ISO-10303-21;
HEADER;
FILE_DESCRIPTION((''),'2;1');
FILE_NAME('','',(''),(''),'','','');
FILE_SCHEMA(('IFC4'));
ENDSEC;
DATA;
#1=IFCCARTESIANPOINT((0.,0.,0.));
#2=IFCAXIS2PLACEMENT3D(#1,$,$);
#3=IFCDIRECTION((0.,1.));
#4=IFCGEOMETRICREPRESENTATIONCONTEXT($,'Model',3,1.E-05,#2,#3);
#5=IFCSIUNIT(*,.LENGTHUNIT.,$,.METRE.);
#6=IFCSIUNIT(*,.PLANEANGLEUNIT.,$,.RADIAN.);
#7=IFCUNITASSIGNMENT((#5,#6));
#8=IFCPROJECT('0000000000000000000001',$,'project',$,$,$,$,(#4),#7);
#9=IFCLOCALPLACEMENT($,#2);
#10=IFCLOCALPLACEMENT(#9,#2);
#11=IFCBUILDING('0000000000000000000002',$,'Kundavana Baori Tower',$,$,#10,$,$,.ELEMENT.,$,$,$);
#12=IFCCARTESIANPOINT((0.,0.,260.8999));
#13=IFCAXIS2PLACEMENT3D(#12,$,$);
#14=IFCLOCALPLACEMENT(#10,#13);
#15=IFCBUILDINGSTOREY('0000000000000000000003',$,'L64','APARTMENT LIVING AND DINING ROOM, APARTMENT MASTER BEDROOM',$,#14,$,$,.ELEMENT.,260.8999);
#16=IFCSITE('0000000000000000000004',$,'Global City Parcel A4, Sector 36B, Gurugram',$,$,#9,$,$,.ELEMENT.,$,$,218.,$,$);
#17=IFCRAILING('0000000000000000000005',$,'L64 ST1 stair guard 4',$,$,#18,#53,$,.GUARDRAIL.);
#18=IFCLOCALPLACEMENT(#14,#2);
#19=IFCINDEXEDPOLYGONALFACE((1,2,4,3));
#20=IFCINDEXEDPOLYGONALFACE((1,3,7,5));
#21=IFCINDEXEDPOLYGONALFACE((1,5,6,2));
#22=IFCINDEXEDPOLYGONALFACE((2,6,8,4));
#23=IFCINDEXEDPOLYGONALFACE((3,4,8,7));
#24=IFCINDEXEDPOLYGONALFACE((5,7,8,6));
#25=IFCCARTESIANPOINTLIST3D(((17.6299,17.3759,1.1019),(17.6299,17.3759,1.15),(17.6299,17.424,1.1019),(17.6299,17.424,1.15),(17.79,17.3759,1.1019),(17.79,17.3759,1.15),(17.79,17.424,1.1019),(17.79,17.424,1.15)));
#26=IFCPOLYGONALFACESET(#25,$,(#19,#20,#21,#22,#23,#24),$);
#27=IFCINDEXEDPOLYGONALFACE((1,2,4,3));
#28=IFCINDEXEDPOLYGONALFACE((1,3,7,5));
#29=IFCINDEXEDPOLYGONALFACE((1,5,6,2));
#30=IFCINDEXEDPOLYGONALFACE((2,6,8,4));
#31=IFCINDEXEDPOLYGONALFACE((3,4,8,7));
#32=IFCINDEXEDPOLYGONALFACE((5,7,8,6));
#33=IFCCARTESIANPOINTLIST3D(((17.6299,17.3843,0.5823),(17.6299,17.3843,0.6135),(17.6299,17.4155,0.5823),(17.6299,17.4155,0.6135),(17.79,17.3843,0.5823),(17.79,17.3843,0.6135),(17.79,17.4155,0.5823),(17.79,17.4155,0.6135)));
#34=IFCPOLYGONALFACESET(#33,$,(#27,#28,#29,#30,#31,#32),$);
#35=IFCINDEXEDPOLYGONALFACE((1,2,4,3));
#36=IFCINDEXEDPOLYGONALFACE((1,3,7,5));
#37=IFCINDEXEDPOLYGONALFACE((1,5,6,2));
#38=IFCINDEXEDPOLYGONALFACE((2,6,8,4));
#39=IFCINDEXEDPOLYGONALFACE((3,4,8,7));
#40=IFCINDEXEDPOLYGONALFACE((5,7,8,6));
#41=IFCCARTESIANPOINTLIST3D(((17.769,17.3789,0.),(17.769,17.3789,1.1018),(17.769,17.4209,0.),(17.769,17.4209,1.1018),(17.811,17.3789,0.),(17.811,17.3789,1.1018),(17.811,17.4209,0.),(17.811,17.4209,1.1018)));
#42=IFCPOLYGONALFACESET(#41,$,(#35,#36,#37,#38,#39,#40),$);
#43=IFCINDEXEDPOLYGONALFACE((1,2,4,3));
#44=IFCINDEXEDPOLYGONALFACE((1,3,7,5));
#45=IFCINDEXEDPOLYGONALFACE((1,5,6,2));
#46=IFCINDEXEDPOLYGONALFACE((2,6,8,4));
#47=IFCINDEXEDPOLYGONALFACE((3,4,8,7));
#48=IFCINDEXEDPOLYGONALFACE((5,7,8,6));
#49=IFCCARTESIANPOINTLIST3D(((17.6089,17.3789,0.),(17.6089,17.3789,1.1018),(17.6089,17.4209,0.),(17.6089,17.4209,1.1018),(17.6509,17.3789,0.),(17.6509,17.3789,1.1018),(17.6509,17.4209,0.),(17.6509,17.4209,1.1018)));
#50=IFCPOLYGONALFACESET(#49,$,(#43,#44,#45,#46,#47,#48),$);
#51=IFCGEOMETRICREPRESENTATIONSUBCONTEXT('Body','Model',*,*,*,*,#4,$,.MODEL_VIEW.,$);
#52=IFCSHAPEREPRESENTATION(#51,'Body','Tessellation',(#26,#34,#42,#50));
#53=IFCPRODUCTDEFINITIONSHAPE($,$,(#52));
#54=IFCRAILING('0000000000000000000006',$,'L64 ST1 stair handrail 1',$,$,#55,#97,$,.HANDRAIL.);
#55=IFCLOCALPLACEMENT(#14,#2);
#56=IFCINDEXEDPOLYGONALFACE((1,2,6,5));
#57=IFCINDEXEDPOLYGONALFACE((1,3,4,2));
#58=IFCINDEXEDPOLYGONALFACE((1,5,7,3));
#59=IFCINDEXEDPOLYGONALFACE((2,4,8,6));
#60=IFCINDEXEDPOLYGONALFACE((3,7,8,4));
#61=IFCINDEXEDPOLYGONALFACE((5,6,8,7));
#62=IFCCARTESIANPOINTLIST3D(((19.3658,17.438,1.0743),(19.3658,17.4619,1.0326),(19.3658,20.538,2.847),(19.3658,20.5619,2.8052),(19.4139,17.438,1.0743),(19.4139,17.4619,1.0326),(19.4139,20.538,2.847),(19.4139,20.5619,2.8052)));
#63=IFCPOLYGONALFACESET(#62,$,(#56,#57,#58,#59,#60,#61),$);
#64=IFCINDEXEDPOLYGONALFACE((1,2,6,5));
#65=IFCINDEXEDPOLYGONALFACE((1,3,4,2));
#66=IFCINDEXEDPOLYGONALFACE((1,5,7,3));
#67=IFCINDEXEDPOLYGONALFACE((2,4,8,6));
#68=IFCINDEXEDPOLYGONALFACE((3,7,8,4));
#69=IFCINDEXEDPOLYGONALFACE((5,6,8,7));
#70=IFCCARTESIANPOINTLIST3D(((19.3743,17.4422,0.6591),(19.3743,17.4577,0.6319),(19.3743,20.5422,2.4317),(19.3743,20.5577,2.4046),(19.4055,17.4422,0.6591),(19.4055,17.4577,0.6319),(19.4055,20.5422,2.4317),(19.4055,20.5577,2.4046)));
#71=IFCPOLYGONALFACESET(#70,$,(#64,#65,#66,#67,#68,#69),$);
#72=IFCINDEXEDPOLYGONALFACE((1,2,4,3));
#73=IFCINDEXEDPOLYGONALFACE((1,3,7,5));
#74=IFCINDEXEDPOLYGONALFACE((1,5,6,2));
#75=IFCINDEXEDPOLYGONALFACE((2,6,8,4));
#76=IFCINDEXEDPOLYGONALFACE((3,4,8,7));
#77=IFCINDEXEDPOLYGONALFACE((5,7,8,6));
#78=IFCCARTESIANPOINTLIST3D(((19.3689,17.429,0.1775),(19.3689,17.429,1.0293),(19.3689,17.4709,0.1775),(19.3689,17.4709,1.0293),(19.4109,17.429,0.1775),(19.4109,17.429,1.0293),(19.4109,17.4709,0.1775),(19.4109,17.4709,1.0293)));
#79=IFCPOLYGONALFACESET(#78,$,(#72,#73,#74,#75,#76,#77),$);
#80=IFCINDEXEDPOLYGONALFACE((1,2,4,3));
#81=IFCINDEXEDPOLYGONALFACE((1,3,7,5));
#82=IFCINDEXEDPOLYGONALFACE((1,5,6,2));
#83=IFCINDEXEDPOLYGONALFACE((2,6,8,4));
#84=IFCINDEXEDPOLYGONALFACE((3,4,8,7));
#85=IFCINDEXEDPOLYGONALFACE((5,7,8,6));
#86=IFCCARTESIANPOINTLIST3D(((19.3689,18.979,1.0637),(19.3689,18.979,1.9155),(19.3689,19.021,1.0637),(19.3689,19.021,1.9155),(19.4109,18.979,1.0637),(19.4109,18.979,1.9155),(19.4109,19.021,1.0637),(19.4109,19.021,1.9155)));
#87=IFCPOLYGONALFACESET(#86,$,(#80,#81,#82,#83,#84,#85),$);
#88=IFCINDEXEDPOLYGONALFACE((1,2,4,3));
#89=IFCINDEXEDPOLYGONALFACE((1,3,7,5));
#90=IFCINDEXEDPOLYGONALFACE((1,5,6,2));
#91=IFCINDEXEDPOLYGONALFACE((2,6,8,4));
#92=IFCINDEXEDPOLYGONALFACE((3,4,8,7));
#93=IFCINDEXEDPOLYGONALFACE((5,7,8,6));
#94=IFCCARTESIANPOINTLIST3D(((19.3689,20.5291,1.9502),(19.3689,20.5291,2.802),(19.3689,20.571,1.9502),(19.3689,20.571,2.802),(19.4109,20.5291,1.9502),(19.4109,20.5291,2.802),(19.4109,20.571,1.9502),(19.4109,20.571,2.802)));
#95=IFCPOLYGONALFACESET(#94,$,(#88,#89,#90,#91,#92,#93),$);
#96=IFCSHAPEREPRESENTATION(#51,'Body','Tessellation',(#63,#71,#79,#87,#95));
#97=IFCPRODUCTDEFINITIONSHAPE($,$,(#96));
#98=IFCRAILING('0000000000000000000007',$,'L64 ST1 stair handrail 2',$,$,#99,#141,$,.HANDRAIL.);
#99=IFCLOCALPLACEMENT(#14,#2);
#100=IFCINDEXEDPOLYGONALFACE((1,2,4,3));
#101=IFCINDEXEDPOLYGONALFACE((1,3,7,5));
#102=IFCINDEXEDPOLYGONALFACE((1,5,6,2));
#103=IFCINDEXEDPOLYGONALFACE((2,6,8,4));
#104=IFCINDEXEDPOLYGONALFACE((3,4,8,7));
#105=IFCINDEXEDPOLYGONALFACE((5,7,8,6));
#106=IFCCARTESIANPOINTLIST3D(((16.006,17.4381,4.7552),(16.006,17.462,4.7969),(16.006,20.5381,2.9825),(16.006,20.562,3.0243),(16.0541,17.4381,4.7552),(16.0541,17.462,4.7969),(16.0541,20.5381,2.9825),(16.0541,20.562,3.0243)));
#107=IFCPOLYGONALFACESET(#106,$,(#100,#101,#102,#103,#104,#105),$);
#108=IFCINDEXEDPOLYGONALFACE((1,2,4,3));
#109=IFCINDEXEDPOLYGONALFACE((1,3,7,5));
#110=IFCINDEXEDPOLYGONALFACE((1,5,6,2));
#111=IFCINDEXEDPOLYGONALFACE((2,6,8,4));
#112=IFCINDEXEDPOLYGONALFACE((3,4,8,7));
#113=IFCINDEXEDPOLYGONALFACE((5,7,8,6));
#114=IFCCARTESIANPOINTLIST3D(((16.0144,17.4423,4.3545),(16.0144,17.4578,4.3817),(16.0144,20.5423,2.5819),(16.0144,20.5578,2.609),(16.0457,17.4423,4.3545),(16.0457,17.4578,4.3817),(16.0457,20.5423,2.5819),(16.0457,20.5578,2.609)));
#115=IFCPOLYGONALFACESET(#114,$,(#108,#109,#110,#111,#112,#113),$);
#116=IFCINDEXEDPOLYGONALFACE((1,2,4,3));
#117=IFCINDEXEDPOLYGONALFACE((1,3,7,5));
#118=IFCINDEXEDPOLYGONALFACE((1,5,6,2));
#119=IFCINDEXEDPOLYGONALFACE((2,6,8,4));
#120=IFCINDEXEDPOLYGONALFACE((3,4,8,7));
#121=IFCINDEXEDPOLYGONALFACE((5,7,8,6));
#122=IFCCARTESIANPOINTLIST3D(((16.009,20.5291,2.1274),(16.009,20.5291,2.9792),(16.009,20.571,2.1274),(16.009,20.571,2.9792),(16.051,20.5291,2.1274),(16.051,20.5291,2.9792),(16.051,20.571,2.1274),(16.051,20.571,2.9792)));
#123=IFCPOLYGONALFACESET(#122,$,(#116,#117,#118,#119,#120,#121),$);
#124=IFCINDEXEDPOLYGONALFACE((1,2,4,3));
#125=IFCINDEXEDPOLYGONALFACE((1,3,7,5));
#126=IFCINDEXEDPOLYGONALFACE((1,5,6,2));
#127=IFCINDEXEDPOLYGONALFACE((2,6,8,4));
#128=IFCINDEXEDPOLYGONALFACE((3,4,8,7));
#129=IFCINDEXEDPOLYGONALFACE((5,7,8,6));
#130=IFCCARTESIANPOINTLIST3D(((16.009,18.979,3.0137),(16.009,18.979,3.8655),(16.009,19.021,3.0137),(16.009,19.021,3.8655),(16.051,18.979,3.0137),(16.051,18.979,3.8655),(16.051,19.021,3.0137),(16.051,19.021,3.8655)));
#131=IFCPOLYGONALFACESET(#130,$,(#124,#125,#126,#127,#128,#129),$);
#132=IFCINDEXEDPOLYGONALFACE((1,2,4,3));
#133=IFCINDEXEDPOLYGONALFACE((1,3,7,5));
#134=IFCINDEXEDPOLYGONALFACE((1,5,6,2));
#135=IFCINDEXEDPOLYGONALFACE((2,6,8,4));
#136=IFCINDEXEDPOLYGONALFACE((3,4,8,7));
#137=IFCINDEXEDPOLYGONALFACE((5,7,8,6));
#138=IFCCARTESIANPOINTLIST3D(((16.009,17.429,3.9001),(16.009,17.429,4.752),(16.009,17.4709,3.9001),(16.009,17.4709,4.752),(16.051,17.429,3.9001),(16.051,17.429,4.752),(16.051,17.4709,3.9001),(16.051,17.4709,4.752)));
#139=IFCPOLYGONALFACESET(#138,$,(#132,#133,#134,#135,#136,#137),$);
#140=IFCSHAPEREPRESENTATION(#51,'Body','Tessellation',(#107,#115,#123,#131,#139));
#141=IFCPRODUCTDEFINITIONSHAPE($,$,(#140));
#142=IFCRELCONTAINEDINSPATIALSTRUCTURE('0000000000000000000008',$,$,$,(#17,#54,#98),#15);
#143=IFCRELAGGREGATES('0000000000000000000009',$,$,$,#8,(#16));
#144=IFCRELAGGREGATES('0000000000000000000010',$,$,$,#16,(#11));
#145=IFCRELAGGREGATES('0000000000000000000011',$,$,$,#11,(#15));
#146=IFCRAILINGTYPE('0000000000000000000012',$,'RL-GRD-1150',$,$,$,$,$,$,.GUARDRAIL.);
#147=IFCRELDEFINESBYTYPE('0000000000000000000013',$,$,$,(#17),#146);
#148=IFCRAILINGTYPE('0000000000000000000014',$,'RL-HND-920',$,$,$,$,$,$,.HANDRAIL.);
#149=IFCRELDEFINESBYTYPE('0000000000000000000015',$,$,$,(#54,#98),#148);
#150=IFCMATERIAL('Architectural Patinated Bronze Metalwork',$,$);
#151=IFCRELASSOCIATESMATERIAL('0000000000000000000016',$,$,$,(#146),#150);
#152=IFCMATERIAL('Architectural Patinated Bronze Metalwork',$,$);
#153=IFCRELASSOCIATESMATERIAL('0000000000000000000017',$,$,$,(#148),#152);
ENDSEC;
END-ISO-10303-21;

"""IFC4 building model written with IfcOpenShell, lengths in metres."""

from ifc_helpers import new_model, si_unit, direction, frame, origin, origin_2d, place, context, subcontext, project, spatial, rectangle, extrude, material, type_object, element, save


model = new_model("IFC4")

# Units and contexts
model_context = context("Model", 3, precision=1e-05, world=origin(), true_north=direction((0.0, 1.0)))
body_context = subcontext(model_context, "Body", "Model", "MODEL_VIEW")
ifc_project = project(units=[si_unit("LENGTHUNIT", "METRE"), si_unit("PLANEANGLEUNIT", "RADIAN")], contexts=[model_context])

# Site, building, storey
site_placement = place(None, origin())
site = spatial("IfcSite", under=ifc_project, at=site_placement, Name="Global City Parcel A4, Sector 36B, Gurugram", CompositionType="ELEMENT", RefElevation=218.0)
building_placement = place(site_placement, origin())
building = spatial("IfcBuilding", under=site, at=building_placement, Name="Kundavana Baori Tower", CompositionType="ELEMENT")
storey_placement = place(building_placement, frame((0.0, 0.0, 260.8999)))
storey = spatial("IfcBuildingStorey", under=building, at=storey_placement, Name="L64", Description="APARTMENT LIVING AND DINING ROOM, APARTMENT MASTER BEDROOM", CompositionType="ELEMENT", Elevation=260.8999)

# Railings
ifc_material_1 = material(Name="Architectural Patinated Bronze Metalwork")
railing_type_1 = type_object("IfcRailingType", Name="RL-GRD-1150", PredefinedType="GUARDRAIL", material=ifc_material_1)
railing_1_placement = place(storey_placement, frame((17.79, 17.3999, 0.0)))
element("IfcRailing", 1, at=railing_1_placement, inside=storey, type_object=railing_type_1, Name="L64 ST1 stair guard 4", PredefinedType="GUARDRAIL", context=body_context, shape_type="SweptSolid", body=[
    extrude(rectangle(XDim=0.0481, YDim=0.0481, at=origin_2d()), frame((0.0, 0.0, 1.126), z_axis=(-1.0, 0.0, 0.0), x_axis=(0.0, -1.0, 0.0)), (0.0, 0.0, 1.0), 0.1602),
    extrude(rectangle(XDim=0.0312, YDim=0.0312, at=origin_2d()), frame((0.0, 0.0, 0.5979), z_axis=(-1.0, 0.0, 0.0), x_axis=(0.0, -1.0, 0.0)), (0.0, 0.0, 1.0), 0.1602),
    extrude(rectangle(XDim=0.042, YDim=0.042, at=origin_2d()), origin(), (0.0, 0.0, 1.0), 1.1018),
    extrude(rectangle(XDim=0.042, YDim=0.042, at=origin_2d()), frame((-0.1602, 0.0, 0.0)), (0.0, 0.0, 1.0), 1.1018),
])
ifc_material_2 = material(Name="Architectural Patinated Bronze Metalwork")
railing_type_2 = type_object("IfcRailingType", Name="RL-HND-920", PredefinedType="HANDRAIL", material=ifc_material_2)
railing_2_placement = place(storey_placement, frame((19.3899, 17.45, 0.1775)))
element("IfcRailing", 2, at=railing_2_placement, inside=storey, type_object=railing_type_2, Name="L64 ST1 stair handrail 1", PredefinedType="HANDRAIL", context=body_context, shape_type="SweptSolid", body=[
    extrude(rectangle(XDim=0.0481, YDim=0.0481, at=origin_2d()), frame((0.0, 0.0, 0.876), z_axis=(0.0, 0.868096, 0.496397), x_axis=(-1.0, 0.0, 0.0)), (0.0, 0.0, 1.0), 3.571),
    extrude(rectangle(XDim=0.0312, YDim=0.0312, at=origin_2d()), frame((0.0, 0.0, 0.468), z_axis=(0.0, 0.868096, 0.496397), x_axis=(-1.0, 0.0, 0.0)), (0.0, 0.0, 1.0), 3.571),
    extrude(rectangle(XDim=0.042, YDim=0.042, at=origin_2d()), origin(), (0.0, 0.0, 1.0), 0.8518),
    extrude(rectangle(XDim=0.042, YDim=0.042, at=origin_2d()), frame((0.0, 1.55, 0.8862)), (0.0, 0.0, 1.0), 0.8518),
    extrude(rectangle(XDim=0.042, YDim=0.042, at=origin_2d()), frame((0.0, 3.1001, 1.7727)), (0.0, 0.0, 1.0), 0.8518),
])
railing_3_placement = place(storey_placement, frame((16.03, 20.55, 2.1274)))
element("IfcRailing", 3, at=railing_3_placement, inside=storey, type_object=railing_type_2, Name="L64 ST1 stair handrail 2", PredefinedType="HANDRAIL", context=body_context, shape_type="SweptSolid", body=[
    extrude(rectangle(XDim=0.0481, YDim=0.0481, at=origin_2d()), frame((0.0, 0.0, 0.876), z_axis=(0.0, -0.868096, 0.496397), x_axis=(1.0, 0.0, 0.0)), (0.0, 0.0, 1.0), 3.571),
    extrude(rectangle(XDim=0.0312, YDim=0.0312, at=origin_2d()), frame((0.0, 0.0, 0.468), z_axis=(0.0, -0.868096, 0.496397), x_axis=(1.0, 0.0, 0.0)), (0.0, 0.0, 1.0), 3.571),
    extrude(rectangle(XDim=0.042, YDim=0.042, at=origin_2d()), origin(), (0.0, 0.0, 1.0), 0.8518),
    extrude(rectangle(XDim=0.042, YDim=0.042, at=origin_2d()), frame((0.0, -1.55, 0.8862)), (0.0, 0.0, 1.0), 0.8518),
    extrude(rectangle(XDim=0.042, YDim=0.042, at=origin_2d()), frame((0.0, -3.1001, 1.7727)), (0.0, 0.0, 1.0), 0.8518),
])

save(model, "model.ifc")
